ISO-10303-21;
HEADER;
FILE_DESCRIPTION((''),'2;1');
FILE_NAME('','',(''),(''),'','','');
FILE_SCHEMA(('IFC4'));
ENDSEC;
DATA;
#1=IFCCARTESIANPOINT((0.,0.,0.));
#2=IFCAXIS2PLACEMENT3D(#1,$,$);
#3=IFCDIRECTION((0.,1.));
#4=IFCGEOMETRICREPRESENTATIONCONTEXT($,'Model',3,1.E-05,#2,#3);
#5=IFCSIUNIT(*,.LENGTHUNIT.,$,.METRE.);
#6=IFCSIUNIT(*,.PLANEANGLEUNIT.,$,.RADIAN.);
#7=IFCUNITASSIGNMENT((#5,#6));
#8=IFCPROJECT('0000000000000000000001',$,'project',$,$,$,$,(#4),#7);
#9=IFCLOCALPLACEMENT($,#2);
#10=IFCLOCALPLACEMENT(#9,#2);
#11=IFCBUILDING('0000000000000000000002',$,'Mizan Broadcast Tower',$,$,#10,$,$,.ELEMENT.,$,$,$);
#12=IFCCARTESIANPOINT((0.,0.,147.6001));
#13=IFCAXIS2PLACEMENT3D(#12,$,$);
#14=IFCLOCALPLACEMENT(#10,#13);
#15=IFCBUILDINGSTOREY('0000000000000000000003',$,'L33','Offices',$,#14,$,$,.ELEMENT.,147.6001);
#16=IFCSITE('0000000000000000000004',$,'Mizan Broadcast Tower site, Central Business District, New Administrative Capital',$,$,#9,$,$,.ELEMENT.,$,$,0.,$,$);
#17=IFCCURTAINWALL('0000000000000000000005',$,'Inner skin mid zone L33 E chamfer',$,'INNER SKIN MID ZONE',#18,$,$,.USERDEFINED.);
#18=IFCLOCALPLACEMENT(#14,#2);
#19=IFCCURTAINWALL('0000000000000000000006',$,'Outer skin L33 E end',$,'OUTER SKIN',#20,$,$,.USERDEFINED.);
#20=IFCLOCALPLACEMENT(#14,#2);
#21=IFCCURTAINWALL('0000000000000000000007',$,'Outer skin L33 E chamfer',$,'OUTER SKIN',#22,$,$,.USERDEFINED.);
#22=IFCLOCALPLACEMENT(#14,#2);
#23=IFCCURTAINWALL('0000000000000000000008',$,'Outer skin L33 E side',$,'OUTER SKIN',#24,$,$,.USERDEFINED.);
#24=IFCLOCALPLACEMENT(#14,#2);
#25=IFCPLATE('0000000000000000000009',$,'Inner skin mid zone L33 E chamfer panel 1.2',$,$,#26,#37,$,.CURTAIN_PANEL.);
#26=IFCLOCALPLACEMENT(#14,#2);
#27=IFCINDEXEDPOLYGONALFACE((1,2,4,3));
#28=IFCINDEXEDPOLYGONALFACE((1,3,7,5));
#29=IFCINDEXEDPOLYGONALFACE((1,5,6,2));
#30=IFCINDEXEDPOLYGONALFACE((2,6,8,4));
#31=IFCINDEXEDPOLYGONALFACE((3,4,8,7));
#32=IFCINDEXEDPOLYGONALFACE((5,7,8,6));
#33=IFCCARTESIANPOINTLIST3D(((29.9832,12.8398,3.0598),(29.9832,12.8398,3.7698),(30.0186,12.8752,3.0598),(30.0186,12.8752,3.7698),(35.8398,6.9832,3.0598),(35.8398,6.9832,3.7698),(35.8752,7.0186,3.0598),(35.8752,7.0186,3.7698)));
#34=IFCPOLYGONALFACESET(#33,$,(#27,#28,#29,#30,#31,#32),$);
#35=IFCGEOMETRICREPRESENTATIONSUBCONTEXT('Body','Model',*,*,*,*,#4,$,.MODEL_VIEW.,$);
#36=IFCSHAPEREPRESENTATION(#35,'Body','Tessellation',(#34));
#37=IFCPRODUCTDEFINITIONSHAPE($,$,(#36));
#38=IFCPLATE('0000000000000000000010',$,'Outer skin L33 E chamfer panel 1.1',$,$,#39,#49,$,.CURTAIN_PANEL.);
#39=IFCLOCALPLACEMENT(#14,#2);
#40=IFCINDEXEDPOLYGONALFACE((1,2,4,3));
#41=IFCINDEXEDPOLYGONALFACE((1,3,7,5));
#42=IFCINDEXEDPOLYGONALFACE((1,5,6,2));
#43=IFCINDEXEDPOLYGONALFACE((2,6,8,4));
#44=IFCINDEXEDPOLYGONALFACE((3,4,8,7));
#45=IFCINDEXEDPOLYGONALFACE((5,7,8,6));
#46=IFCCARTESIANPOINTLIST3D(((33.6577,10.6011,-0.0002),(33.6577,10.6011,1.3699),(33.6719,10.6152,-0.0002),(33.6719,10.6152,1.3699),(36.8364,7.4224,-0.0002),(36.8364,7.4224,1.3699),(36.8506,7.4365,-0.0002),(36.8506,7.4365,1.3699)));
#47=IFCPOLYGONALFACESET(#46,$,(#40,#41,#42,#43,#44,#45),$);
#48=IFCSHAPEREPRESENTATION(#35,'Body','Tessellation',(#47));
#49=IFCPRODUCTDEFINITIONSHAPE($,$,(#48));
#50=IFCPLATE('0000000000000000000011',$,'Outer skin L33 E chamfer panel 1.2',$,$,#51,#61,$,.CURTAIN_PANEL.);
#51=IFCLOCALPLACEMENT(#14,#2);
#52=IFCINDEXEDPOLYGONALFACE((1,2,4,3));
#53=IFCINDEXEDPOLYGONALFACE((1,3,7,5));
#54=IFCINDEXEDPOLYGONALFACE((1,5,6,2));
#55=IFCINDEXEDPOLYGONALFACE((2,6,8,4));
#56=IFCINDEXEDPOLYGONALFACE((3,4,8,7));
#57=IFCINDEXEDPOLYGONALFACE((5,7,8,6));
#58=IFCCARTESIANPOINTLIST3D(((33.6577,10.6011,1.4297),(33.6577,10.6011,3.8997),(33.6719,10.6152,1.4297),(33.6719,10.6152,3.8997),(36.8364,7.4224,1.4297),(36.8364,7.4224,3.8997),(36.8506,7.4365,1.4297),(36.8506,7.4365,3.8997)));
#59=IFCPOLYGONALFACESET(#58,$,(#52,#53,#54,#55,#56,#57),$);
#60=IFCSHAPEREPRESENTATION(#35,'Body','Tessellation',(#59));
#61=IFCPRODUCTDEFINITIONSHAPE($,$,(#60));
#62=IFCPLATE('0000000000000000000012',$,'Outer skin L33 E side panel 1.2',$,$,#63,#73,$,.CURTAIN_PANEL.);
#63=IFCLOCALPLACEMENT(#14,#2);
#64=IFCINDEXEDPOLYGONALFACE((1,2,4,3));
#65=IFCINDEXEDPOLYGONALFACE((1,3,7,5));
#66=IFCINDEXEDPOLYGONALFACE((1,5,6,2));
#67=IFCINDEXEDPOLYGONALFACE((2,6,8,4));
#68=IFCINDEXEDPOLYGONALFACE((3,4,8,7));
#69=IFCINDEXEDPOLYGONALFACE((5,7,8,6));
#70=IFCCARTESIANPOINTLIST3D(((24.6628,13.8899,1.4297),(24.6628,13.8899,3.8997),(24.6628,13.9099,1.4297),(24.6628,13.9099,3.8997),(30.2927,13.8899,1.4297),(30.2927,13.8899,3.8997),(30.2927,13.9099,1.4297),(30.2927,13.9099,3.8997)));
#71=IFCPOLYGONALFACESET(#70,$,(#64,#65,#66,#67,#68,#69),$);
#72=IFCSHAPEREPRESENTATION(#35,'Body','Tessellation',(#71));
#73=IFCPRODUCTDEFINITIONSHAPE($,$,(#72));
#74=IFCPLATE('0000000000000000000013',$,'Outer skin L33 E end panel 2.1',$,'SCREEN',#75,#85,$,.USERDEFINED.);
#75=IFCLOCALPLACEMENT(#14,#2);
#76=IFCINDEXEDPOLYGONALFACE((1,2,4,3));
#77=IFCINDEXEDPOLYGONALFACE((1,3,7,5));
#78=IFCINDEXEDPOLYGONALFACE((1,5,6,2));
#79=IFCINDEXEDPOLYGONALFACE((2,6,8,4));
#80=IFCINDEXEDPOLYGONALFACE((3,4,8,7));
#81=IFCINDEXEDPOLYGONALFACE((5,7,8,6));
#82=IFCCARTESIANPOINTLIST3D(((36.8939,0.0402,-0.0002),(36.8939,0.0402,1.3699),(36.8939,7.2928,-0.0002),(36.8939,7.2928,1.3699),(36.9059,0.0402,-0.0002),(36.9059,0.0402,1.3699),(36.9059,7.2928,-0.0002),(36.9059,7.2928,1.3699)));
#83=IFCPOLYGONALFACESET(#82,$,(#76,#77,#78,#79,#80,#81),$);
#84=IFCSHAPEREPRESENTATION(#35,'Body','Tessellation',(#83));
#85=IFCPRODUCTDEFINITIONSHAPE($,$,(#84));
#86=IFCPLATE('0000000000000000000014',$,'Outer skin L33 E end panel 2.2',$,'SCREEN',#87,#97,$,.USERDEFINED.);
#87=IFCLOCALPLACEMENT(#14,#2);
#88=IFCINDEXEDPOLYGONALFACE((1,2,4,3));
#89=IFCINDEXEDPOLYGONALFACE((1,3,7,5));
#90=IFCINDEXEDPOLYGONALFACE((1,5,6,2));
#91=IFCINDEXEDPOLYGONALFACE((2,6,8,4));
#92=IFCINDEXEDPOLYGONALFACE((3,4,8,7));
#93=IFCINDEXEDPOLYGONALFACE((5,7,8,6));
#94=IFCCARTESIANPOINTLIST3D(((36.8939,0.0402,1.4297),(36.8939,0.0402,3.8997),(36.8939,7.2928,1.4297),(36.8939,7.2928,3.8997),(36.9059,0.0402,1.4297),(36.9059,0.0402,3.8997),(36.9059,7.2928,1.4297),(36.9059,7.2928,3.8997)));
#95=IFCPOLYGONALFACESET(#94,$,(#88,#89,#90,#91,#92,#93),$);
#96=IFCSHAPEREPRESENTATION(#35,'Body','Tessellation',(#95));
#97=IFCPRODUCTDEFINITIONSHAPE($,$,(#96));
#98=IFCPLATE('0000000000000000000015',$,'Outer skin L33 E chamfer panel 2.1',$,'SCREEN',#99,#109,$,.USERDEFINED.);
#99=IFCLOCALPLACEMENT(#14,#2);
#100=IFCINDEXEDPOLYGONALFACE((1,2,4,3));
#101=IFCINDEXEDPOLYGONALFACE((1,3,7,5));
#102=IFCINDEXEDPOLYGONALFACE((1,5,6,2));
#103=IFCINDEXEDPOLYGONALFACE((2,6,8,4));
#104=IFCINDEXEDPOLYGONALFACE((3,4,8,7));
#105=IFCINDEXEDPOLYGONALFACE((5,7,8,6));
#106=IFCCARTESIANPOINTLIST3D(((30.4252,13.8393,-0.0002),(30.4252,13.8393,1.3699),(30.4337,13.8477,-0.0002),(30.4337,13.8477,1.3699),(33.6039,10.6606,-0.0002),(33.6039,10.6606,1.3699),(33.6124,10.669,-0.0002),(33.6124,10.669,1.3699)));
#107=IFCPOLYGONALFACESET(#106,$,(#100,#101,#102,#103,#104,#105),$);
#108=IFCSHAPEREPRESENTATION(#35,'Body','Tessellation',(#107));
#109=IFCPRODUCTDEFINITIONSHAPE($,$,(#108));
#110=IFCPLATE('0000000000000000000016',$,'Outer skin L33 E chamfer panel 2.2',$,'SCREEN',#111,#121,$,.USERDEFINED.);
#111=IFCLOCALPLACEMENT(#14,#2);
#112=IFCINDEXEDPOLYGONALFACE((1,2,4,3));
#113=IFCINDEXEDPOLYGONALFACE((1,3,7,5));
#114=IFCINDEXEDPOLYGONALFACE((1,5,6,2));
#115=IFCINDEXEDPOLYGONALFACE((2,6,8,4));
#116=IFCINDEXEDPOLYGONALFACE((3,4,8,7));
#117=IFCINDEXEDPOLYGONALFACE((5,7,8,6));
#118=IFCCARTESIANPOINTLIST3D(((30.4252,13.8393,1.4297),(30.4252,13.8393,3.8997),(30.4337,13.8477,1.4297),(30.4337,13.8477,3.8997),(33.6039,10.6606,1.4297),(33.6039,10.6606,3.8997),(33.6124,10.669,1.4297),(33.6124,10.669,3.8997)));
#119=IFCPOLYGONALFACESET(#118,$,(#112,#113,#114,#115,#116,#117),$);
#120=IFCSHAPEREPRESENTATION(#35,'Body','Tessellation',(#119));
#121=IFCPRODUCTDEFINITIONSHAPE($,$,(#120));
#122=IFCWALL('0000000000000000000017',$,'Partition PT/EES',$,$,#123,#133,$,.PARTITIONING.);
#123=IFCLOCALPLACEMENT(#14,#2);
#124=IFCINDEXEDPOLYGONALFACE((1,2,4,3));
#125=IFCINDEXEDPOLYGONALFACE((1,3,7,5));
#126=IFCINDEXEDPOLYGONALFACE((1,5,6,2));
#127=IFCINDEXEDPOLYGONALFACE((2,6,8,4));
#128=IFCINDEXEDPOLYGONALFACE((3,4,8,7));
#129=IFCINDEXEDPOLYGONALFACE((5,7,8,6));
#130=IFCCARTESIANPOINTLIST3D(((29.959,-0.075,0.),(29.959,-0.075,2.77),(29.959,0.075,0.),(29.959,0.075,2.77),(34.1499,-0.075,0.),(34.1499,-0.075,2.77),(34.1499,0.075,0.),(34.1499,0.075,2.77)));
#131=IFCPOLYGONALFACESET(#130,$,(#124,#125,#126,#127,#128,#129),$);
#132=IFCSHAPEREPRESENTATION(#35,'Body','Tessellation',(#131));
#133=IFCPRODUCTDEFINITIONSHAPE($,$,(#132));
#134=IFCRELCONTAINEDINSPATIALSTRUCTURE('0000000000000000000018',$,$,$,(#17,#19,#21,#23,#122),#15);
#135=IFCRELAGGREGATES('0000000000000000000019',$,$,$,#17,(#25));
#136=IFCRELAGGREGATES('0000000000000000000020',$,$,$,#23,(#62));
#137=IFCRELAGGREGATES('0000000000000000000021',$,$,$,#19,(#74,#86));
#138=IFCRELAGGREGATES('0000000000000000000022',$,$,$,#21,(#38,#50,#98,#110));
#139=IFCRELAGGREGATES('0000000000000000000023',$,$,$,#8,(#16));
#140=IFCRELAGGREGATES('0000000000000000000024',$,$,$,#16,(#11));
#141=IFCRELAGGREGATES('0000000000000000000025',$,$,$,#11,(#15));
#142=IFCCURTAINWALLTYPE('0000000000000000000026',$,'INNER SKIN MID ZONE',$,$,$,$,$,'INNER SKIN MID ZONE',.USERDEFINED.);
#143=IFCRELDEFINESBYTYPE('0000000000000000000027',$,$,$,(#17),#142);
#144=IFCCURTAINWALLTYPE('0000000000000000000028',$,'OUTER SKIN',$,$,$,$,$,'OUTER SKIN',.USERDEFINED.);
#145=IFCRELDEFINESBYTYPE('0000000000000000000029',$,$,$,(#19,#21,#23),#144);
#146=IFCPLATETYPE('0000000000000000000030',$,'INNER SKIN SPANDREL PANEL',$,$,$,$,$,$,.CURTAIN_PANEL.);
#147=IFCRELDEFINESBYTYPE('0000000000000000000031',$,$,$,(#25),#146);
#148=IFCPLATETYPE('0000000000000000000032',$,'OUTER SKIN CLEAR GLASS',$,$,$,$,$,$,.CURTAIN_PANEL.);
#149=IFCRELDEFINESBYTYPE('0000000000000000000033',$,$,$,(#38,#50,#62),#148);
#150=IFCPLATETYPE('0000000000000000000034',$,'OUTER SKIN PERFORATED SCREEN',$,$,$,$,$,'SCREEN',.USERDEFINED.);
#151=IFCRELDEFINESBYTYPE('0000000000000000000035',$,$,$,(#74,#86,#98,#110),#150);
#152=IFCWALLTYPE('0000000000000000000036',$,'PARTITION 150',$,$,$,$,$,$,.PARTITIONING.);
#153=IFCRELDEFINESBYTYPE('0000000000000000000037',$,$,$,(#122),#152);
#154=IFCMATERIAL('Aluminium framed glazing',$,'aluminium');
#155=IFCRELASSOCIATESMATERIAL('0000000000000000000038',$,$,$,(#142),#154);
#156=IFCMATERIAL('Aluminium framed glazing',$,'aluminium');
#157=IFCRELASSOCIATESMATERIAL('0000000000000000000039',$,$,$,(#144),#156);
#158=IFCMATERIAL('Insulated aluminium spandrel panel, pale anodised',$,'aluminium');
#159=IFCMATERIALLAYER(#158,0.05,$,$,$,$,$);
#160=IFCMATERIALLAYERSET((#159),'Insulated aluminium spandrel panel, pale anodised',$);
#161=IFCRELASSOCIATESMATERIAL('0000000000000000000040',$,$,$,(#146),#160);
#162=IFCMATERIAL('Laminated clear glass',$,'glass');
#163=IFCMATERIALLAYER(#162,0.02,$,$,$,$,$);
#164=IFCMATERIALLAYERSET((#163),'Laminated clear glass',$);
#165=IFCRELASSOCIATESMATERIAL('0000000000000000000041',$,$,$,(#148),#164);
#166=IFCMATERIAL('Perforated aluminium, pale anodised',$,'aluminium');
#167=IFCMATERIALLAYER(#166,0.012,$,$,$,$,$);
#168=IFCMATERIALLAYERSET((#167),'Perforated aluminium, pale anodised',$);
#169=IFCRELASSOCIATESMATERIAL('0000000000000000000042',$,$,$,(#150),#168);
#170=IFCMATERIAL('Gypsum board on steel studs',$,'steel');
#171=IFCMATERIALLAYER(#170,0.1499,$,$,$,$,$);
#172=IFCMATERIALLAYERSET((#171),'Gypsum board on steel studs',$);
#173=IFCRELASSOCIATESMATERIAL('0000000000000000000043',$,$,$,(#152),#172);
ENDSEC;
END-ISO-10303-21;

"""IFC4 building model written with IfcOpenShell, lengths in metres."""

from ifc_helpers import new_model, si_unit, direction, frame, frame_2d, origin, origin_2d, place, context, subcontext, project, spatial, rectangle, extrude, material, layer, layer_set, type_object, element, aggregate, save


model = new_model("IFC4")

# Units and contexts
model_context = context("Model", 3, precision=1e-05, world=origin(), true_north=direction((0.0, 1.0)))
body_context = subcontext(model_context, "Body", "Model", "MODEL_VIEW")
ifc_project = project(units=[si_unit("LENGTHUNIT", "METRE"), si_unit("PLANEANGLEUNIT", "RADIAN")], contexts=[model_context])

# Site, building, storey
site_placement = place(None, origin())
site = spatial("IfcSite", under=ifc_project, at=site_placement, Name="Mizan Broadcast Tower site, Central Business District, New Administrative Capital", CompositionType="ELEMENT", RefElevation=0.0)
building_placement = place(site_placement, origin())
building = spatial("IfcBuilding", under=site, at=building_placement, Name="Mizan Broadcast Tower", CompositionType="ELEMENT")
storey_placement = place(building_placement, frame((0.0, 0.0, 147.6001)))
storey = spatial("IfcBuildingStorey", under=building, at=storey_placement, Name="L33", Description="Offices", CompositionType="ELEMENT", Elevation=147.6001)

# Shared definitions
ifc_material_1 = material(Name="Aluminium framed glazing", Category="aluminium")
curtain_wall_type_1 = type_object("IfcCurtainWallType", Name="INNER SKIN MID ZONE", ElementType="INNER SKIN MID ZONE", PredefinedType="USERDEFINED", material=ifc_material_1)

# Curtain wall
curtain_wall_1_placement = place(storey_placement, origin())
curtain_wall_1 = element("IfcCurtainWall", 1, at=curtain_wall_1_placement, inside=storey, type_object=curtain_wall_type_1, Name="Inner skin mid zone L33 E chamfer", ObjectType="INNER SKIN MID ZONE", PredefinedType="USERDEFINED")

# Curtain walls
ifc_material_2 = material(Name="Aluminium framed glazing", Category="aluminium")
curtain_wall_type_2 = type_object("IfcCurtainWallType", Name="OUTER SKIN", ElementType="OUTER SKIN", PredefinedType="USERDEFINED", material=ifc_material_2)
curtain_wall_2_placement = place(storey_placement, origin())
curtain_wall_2 = element("IfcCurtainWall", 2, at=curtain_wall_2_placement, inside=storey, type_object=curtain_wall_type_2, Name="Outer skin L33 E end", ObjectType="OUTER SKIN", PredefinedType="USERDEFINED")
curtain_wall_3_placement = place(storey_placement, origin())
curtain_wall_3 = element("IfcCurtainWall", 3, at=curtain_wall_3_placement, inside=storey, type_object=curtain_wall_type_2, Name="Outer skin L33 E chamfer", ObjectType="OUTER SKIN", PredefinedType="USERDEFINED")

# Curtain wall
curtain_wall_4_placement = place(storey_placement, origin())
curtain_wall_4 = element("IfcCurtainWall", 4, at=curtain_wall_4_placement, inside=storey, type_object=curtain_wall_type_2, Name="Outer skin L33 E side", ObjectType="OUTER SKIN", PredefinedType="USERDEFINED")

# Plates
ifc_material_3 = material(Name="Insulated aluminium spandrel panel, pale anodised", Category="aluminium")
ifc_layer_1 = layer(ifc_material_3, 0.05)
ifc_layer_set_1 = layer_set([ifc_layer_1], Name="Insulated aluminium spandrel panel, pale anodised")
plate_type_1 = type_object("IfcPlateType", Name="INNER SKIN SPANDREL PANEL", PredefinedType="CURTAIN_PANEL", material=ifc_layer_set_1)
plate_1_placement = place(storey_placement, frame((32.9292, 9.9292, 3.0598), z_axis=(0.0, 0.0, 1.0), x_axis=(-0.707107, 0.707107, 0.0)))
plate_1 = element("IfcPlate", 5, at=plate_1_placement, type_object=plate_type_1, Name="Inner skin mid zone L33 E chamfer panel 1.2", PredefinedType="CURTAIN_PANEL", context=body_context, shape_type="SweptSolid", body=[
    extrude(rectangle(XDim=8.2825, YDim=0.05, at=origin_2d()), origin(), (0.0, 0.0, 1.0), 0.71),
])
aggregate(curtain_wall_1, [plate_1])
ifc_material_4 = material(Name="Laminated clear glass", Category="glass")
ifc_layer_2 = layer(ifc_material_4, 0.02)
ifc_layer_set_2 = layer_set([ifc_layer_2], Name="Laminated clear glass")
plate_type_2 = type_object("IfcPlateType", Name="OUTER SKIN CLEAR GLASS", PredefinedType="CURTAIN_PANEL", material=ifc_layer_set_2)
plate_2_placement = place(storey_placement, frame((35.2542, 9.0188, -0.0002), z_axis=(0.0, 0.0, 1.0), x_axis=(-0.707107, 0.707107, 0.0)))
plate_2 = element("IfcPlate", 6, at=plate_2_placement, type_object=plate_type_2, Name="Outer skin L33 E chamfer panel 1.1", PredefinedType="CURTAIN_PANEL", context=body_context, shape_type="SweptSolid", body=[
    extrude(rectangle(XDim=4.4954, YDim=0.02, at=origin_2d()), origin(), (0.0, 0.0, 1.0), 1.3701),
])
plate_3_placement = place(storey_placement, frame((35.2542, 9.0188, 1.4297), z_axis=(0.0, 0.0, 1.0), x_axis=(-0.707107, 0.707107, 0.0)))
plate_3 = element("IfcPlate", 7, at=plate_3_placement, type_object=plate_type_2, Name="Outer skin L33 E chamfer panel 1.2", PredefinedType="CURTAIN_PANEL", context=body_context, shape_type="SweptSolid", body=[
    extrude(rectangle(XDim=4.4954, YDim=0.02, at=origin_2d()), origin(), (0.0, 0.0, 1.0), 2.47),
])
plate_4_placement = place(storey_placement, frame((27.4778, 13.8999, 1.4297), z_axis=(0.0, 0.0, 1.0), x_axis=(-1.0, 0.0, 0.0)))
plate_4 = element("IfcPlate", 8, at=plate_4_placement, type_object=plate_type_2, Name="Outer skin L33 E side panel 1.2", PredefinedType="CURTAIN_PANEL", context=body_context, shape_type="SweptSolid", body=[
    extrude(rectangle(XDim=5.6299, YDim=0.02, at=origin_2d()), origin(), (0.0, 0.0, 1.0), 2.47),
])
aggregate(curtain_wall_4, [plate_4])
ifc_material_5 = material(Name="Perforated aluminium, pale anodised", Category="aluminium")
ifc_layer_3 = layer(ifc_material_5, 0.012)
ifc_layer_set_3 = layer_set([ifc_layer_3], Name="Perforated aluminium, pale anodised")
plate_type_3 = type_object("IfcPlateType", Name="OUTER SKIN PERFORATED SCREEN", ElementType="SCREEN", PredefinedType="USERDEFINED", material=ifc_layer_set_3)
plate_5_placement = place(storey_placement, frame((36.8999, 3.6665, -0.0002), z_axis=(0.0, 0.0, 1.0), x_axis=(0.0, 1.0, 0.0)))
plate_5 = element("IfcPlate", 9, at=plate_5_placement, type_object=plate_type_3, Name="Outer skin L33 E end panel 2.1", ObjectType="SCREEN", PredefinedType="USERDEFINED", context=body_context, shape_type="SweptSolid", body=[
    extrude(rectangle(XDim=7.2527, YDim=0.012, at=origin_2d()), origin(), (0.0, 0.0, 1.0), 1.3701),
])
plate_6_placement = place(storey_placement, frame((36.8999, 3.6665, 1.4297), z_axis=(0.0, 0.0, 1.0), x_axis=(0.0, 1.0, 0.0)))
plate_6 = element("IfcPlate", 10, at=plate_6_placement, type_object=plate_type_3, Name="Outer skin L33 E end panel 2.2", ObjectType="SCREEN", PredefinedType="USERDEFINED", context=body_context, shape_type="SweptSolid", body=[
    extrude(rectangle(XDim=7.2527, YDim=0.012, at=origin_2d()), origin(), (0.0, 0.0, 1.0), 2.47),
])
aggregate(curtain_wall_2, [plate_5, plate_6])
plate_7_placement = place(storey_placement, frame((32.0188, 12.2542, -0.0002), z_axis=(0.0, 0.0, 1.0), x_axis=(-0.707107, 0.707107, 0.0)))
plate_7 = element("IfcPlate", 11, at=plate_7_placement, type_object=plate_type_3, Name="Outer skin L33 E chamfer panel 2.1", ObjectType="SCREEN", PredefinedType="USERDEFINED", context=body_context, shape_type="SweptSolid", body=[
    extrude(rectangle(XDim=4.4954, YDim=0.012, at=origin_2d()), origin(), (0.0, 0.0, 1.0), 1.3701),
])
plate_8_placement = place(storey_placement, frame((32.0188, 12.2542, 1.4297), z_axis=(0.0, 0.0, 1.0), x_axis=(-0.707107, 0.707107, 0.0)))
plate_8 = element("IfcPlate", 12, at=plate_8_placement, type_object=plate_type_3, Name="Outer skin L33 E chamfer panel 2.2", ObjectType="SCREEN", PredefinedType="USERDEFINED", context=body_context, shape_type="SweptSolid", body=[
    extrude(rectangle(XDim=4.4954, YDim=0.012, at=origin_2d()), origin(), (0.0, 0.0, 1.0), 2.47),
])
aggregate(curtain_wall_3, [plate_2, plate_3, plate_7, plate_8])

# Wall
ifc_material_6 = material(Name="Gypsum board on steel studs", Category="steel")
ifc_layer_4 = layer(ifc_material_6, 0.1499)
ifc_layer_set_4 = layer_set([ifc_layer_4], Name="Gypsum board on steel studs")
wall_type = type_object("IfcWallType", Name="PARTITION 150", PredefinedType="PARTITIONING", material=ifc_layer_set_4)
wall_placement = place(storey_placement, frame((29.959, 0.0, 0.0), z_axis=(0.0, 0.0, 1.0), x_axis=(1.0, 0.0, 0.0)))
element("IfcWall", 13, at=wall_placement, inside=storey, type_object=wall_type, Name="Partition PT/EES", PredefinedType="PARTITIONING", context=body_context, shape_type="SweptSolid", body=[
    extrude(rectangle(XDim=4.1909, YDim=0.1499, at=frame_2d((2.0955, 0.0))), origin(), (0.0, 0.0, 1.0), 2.77),
])

save(model, "model.ifc")
